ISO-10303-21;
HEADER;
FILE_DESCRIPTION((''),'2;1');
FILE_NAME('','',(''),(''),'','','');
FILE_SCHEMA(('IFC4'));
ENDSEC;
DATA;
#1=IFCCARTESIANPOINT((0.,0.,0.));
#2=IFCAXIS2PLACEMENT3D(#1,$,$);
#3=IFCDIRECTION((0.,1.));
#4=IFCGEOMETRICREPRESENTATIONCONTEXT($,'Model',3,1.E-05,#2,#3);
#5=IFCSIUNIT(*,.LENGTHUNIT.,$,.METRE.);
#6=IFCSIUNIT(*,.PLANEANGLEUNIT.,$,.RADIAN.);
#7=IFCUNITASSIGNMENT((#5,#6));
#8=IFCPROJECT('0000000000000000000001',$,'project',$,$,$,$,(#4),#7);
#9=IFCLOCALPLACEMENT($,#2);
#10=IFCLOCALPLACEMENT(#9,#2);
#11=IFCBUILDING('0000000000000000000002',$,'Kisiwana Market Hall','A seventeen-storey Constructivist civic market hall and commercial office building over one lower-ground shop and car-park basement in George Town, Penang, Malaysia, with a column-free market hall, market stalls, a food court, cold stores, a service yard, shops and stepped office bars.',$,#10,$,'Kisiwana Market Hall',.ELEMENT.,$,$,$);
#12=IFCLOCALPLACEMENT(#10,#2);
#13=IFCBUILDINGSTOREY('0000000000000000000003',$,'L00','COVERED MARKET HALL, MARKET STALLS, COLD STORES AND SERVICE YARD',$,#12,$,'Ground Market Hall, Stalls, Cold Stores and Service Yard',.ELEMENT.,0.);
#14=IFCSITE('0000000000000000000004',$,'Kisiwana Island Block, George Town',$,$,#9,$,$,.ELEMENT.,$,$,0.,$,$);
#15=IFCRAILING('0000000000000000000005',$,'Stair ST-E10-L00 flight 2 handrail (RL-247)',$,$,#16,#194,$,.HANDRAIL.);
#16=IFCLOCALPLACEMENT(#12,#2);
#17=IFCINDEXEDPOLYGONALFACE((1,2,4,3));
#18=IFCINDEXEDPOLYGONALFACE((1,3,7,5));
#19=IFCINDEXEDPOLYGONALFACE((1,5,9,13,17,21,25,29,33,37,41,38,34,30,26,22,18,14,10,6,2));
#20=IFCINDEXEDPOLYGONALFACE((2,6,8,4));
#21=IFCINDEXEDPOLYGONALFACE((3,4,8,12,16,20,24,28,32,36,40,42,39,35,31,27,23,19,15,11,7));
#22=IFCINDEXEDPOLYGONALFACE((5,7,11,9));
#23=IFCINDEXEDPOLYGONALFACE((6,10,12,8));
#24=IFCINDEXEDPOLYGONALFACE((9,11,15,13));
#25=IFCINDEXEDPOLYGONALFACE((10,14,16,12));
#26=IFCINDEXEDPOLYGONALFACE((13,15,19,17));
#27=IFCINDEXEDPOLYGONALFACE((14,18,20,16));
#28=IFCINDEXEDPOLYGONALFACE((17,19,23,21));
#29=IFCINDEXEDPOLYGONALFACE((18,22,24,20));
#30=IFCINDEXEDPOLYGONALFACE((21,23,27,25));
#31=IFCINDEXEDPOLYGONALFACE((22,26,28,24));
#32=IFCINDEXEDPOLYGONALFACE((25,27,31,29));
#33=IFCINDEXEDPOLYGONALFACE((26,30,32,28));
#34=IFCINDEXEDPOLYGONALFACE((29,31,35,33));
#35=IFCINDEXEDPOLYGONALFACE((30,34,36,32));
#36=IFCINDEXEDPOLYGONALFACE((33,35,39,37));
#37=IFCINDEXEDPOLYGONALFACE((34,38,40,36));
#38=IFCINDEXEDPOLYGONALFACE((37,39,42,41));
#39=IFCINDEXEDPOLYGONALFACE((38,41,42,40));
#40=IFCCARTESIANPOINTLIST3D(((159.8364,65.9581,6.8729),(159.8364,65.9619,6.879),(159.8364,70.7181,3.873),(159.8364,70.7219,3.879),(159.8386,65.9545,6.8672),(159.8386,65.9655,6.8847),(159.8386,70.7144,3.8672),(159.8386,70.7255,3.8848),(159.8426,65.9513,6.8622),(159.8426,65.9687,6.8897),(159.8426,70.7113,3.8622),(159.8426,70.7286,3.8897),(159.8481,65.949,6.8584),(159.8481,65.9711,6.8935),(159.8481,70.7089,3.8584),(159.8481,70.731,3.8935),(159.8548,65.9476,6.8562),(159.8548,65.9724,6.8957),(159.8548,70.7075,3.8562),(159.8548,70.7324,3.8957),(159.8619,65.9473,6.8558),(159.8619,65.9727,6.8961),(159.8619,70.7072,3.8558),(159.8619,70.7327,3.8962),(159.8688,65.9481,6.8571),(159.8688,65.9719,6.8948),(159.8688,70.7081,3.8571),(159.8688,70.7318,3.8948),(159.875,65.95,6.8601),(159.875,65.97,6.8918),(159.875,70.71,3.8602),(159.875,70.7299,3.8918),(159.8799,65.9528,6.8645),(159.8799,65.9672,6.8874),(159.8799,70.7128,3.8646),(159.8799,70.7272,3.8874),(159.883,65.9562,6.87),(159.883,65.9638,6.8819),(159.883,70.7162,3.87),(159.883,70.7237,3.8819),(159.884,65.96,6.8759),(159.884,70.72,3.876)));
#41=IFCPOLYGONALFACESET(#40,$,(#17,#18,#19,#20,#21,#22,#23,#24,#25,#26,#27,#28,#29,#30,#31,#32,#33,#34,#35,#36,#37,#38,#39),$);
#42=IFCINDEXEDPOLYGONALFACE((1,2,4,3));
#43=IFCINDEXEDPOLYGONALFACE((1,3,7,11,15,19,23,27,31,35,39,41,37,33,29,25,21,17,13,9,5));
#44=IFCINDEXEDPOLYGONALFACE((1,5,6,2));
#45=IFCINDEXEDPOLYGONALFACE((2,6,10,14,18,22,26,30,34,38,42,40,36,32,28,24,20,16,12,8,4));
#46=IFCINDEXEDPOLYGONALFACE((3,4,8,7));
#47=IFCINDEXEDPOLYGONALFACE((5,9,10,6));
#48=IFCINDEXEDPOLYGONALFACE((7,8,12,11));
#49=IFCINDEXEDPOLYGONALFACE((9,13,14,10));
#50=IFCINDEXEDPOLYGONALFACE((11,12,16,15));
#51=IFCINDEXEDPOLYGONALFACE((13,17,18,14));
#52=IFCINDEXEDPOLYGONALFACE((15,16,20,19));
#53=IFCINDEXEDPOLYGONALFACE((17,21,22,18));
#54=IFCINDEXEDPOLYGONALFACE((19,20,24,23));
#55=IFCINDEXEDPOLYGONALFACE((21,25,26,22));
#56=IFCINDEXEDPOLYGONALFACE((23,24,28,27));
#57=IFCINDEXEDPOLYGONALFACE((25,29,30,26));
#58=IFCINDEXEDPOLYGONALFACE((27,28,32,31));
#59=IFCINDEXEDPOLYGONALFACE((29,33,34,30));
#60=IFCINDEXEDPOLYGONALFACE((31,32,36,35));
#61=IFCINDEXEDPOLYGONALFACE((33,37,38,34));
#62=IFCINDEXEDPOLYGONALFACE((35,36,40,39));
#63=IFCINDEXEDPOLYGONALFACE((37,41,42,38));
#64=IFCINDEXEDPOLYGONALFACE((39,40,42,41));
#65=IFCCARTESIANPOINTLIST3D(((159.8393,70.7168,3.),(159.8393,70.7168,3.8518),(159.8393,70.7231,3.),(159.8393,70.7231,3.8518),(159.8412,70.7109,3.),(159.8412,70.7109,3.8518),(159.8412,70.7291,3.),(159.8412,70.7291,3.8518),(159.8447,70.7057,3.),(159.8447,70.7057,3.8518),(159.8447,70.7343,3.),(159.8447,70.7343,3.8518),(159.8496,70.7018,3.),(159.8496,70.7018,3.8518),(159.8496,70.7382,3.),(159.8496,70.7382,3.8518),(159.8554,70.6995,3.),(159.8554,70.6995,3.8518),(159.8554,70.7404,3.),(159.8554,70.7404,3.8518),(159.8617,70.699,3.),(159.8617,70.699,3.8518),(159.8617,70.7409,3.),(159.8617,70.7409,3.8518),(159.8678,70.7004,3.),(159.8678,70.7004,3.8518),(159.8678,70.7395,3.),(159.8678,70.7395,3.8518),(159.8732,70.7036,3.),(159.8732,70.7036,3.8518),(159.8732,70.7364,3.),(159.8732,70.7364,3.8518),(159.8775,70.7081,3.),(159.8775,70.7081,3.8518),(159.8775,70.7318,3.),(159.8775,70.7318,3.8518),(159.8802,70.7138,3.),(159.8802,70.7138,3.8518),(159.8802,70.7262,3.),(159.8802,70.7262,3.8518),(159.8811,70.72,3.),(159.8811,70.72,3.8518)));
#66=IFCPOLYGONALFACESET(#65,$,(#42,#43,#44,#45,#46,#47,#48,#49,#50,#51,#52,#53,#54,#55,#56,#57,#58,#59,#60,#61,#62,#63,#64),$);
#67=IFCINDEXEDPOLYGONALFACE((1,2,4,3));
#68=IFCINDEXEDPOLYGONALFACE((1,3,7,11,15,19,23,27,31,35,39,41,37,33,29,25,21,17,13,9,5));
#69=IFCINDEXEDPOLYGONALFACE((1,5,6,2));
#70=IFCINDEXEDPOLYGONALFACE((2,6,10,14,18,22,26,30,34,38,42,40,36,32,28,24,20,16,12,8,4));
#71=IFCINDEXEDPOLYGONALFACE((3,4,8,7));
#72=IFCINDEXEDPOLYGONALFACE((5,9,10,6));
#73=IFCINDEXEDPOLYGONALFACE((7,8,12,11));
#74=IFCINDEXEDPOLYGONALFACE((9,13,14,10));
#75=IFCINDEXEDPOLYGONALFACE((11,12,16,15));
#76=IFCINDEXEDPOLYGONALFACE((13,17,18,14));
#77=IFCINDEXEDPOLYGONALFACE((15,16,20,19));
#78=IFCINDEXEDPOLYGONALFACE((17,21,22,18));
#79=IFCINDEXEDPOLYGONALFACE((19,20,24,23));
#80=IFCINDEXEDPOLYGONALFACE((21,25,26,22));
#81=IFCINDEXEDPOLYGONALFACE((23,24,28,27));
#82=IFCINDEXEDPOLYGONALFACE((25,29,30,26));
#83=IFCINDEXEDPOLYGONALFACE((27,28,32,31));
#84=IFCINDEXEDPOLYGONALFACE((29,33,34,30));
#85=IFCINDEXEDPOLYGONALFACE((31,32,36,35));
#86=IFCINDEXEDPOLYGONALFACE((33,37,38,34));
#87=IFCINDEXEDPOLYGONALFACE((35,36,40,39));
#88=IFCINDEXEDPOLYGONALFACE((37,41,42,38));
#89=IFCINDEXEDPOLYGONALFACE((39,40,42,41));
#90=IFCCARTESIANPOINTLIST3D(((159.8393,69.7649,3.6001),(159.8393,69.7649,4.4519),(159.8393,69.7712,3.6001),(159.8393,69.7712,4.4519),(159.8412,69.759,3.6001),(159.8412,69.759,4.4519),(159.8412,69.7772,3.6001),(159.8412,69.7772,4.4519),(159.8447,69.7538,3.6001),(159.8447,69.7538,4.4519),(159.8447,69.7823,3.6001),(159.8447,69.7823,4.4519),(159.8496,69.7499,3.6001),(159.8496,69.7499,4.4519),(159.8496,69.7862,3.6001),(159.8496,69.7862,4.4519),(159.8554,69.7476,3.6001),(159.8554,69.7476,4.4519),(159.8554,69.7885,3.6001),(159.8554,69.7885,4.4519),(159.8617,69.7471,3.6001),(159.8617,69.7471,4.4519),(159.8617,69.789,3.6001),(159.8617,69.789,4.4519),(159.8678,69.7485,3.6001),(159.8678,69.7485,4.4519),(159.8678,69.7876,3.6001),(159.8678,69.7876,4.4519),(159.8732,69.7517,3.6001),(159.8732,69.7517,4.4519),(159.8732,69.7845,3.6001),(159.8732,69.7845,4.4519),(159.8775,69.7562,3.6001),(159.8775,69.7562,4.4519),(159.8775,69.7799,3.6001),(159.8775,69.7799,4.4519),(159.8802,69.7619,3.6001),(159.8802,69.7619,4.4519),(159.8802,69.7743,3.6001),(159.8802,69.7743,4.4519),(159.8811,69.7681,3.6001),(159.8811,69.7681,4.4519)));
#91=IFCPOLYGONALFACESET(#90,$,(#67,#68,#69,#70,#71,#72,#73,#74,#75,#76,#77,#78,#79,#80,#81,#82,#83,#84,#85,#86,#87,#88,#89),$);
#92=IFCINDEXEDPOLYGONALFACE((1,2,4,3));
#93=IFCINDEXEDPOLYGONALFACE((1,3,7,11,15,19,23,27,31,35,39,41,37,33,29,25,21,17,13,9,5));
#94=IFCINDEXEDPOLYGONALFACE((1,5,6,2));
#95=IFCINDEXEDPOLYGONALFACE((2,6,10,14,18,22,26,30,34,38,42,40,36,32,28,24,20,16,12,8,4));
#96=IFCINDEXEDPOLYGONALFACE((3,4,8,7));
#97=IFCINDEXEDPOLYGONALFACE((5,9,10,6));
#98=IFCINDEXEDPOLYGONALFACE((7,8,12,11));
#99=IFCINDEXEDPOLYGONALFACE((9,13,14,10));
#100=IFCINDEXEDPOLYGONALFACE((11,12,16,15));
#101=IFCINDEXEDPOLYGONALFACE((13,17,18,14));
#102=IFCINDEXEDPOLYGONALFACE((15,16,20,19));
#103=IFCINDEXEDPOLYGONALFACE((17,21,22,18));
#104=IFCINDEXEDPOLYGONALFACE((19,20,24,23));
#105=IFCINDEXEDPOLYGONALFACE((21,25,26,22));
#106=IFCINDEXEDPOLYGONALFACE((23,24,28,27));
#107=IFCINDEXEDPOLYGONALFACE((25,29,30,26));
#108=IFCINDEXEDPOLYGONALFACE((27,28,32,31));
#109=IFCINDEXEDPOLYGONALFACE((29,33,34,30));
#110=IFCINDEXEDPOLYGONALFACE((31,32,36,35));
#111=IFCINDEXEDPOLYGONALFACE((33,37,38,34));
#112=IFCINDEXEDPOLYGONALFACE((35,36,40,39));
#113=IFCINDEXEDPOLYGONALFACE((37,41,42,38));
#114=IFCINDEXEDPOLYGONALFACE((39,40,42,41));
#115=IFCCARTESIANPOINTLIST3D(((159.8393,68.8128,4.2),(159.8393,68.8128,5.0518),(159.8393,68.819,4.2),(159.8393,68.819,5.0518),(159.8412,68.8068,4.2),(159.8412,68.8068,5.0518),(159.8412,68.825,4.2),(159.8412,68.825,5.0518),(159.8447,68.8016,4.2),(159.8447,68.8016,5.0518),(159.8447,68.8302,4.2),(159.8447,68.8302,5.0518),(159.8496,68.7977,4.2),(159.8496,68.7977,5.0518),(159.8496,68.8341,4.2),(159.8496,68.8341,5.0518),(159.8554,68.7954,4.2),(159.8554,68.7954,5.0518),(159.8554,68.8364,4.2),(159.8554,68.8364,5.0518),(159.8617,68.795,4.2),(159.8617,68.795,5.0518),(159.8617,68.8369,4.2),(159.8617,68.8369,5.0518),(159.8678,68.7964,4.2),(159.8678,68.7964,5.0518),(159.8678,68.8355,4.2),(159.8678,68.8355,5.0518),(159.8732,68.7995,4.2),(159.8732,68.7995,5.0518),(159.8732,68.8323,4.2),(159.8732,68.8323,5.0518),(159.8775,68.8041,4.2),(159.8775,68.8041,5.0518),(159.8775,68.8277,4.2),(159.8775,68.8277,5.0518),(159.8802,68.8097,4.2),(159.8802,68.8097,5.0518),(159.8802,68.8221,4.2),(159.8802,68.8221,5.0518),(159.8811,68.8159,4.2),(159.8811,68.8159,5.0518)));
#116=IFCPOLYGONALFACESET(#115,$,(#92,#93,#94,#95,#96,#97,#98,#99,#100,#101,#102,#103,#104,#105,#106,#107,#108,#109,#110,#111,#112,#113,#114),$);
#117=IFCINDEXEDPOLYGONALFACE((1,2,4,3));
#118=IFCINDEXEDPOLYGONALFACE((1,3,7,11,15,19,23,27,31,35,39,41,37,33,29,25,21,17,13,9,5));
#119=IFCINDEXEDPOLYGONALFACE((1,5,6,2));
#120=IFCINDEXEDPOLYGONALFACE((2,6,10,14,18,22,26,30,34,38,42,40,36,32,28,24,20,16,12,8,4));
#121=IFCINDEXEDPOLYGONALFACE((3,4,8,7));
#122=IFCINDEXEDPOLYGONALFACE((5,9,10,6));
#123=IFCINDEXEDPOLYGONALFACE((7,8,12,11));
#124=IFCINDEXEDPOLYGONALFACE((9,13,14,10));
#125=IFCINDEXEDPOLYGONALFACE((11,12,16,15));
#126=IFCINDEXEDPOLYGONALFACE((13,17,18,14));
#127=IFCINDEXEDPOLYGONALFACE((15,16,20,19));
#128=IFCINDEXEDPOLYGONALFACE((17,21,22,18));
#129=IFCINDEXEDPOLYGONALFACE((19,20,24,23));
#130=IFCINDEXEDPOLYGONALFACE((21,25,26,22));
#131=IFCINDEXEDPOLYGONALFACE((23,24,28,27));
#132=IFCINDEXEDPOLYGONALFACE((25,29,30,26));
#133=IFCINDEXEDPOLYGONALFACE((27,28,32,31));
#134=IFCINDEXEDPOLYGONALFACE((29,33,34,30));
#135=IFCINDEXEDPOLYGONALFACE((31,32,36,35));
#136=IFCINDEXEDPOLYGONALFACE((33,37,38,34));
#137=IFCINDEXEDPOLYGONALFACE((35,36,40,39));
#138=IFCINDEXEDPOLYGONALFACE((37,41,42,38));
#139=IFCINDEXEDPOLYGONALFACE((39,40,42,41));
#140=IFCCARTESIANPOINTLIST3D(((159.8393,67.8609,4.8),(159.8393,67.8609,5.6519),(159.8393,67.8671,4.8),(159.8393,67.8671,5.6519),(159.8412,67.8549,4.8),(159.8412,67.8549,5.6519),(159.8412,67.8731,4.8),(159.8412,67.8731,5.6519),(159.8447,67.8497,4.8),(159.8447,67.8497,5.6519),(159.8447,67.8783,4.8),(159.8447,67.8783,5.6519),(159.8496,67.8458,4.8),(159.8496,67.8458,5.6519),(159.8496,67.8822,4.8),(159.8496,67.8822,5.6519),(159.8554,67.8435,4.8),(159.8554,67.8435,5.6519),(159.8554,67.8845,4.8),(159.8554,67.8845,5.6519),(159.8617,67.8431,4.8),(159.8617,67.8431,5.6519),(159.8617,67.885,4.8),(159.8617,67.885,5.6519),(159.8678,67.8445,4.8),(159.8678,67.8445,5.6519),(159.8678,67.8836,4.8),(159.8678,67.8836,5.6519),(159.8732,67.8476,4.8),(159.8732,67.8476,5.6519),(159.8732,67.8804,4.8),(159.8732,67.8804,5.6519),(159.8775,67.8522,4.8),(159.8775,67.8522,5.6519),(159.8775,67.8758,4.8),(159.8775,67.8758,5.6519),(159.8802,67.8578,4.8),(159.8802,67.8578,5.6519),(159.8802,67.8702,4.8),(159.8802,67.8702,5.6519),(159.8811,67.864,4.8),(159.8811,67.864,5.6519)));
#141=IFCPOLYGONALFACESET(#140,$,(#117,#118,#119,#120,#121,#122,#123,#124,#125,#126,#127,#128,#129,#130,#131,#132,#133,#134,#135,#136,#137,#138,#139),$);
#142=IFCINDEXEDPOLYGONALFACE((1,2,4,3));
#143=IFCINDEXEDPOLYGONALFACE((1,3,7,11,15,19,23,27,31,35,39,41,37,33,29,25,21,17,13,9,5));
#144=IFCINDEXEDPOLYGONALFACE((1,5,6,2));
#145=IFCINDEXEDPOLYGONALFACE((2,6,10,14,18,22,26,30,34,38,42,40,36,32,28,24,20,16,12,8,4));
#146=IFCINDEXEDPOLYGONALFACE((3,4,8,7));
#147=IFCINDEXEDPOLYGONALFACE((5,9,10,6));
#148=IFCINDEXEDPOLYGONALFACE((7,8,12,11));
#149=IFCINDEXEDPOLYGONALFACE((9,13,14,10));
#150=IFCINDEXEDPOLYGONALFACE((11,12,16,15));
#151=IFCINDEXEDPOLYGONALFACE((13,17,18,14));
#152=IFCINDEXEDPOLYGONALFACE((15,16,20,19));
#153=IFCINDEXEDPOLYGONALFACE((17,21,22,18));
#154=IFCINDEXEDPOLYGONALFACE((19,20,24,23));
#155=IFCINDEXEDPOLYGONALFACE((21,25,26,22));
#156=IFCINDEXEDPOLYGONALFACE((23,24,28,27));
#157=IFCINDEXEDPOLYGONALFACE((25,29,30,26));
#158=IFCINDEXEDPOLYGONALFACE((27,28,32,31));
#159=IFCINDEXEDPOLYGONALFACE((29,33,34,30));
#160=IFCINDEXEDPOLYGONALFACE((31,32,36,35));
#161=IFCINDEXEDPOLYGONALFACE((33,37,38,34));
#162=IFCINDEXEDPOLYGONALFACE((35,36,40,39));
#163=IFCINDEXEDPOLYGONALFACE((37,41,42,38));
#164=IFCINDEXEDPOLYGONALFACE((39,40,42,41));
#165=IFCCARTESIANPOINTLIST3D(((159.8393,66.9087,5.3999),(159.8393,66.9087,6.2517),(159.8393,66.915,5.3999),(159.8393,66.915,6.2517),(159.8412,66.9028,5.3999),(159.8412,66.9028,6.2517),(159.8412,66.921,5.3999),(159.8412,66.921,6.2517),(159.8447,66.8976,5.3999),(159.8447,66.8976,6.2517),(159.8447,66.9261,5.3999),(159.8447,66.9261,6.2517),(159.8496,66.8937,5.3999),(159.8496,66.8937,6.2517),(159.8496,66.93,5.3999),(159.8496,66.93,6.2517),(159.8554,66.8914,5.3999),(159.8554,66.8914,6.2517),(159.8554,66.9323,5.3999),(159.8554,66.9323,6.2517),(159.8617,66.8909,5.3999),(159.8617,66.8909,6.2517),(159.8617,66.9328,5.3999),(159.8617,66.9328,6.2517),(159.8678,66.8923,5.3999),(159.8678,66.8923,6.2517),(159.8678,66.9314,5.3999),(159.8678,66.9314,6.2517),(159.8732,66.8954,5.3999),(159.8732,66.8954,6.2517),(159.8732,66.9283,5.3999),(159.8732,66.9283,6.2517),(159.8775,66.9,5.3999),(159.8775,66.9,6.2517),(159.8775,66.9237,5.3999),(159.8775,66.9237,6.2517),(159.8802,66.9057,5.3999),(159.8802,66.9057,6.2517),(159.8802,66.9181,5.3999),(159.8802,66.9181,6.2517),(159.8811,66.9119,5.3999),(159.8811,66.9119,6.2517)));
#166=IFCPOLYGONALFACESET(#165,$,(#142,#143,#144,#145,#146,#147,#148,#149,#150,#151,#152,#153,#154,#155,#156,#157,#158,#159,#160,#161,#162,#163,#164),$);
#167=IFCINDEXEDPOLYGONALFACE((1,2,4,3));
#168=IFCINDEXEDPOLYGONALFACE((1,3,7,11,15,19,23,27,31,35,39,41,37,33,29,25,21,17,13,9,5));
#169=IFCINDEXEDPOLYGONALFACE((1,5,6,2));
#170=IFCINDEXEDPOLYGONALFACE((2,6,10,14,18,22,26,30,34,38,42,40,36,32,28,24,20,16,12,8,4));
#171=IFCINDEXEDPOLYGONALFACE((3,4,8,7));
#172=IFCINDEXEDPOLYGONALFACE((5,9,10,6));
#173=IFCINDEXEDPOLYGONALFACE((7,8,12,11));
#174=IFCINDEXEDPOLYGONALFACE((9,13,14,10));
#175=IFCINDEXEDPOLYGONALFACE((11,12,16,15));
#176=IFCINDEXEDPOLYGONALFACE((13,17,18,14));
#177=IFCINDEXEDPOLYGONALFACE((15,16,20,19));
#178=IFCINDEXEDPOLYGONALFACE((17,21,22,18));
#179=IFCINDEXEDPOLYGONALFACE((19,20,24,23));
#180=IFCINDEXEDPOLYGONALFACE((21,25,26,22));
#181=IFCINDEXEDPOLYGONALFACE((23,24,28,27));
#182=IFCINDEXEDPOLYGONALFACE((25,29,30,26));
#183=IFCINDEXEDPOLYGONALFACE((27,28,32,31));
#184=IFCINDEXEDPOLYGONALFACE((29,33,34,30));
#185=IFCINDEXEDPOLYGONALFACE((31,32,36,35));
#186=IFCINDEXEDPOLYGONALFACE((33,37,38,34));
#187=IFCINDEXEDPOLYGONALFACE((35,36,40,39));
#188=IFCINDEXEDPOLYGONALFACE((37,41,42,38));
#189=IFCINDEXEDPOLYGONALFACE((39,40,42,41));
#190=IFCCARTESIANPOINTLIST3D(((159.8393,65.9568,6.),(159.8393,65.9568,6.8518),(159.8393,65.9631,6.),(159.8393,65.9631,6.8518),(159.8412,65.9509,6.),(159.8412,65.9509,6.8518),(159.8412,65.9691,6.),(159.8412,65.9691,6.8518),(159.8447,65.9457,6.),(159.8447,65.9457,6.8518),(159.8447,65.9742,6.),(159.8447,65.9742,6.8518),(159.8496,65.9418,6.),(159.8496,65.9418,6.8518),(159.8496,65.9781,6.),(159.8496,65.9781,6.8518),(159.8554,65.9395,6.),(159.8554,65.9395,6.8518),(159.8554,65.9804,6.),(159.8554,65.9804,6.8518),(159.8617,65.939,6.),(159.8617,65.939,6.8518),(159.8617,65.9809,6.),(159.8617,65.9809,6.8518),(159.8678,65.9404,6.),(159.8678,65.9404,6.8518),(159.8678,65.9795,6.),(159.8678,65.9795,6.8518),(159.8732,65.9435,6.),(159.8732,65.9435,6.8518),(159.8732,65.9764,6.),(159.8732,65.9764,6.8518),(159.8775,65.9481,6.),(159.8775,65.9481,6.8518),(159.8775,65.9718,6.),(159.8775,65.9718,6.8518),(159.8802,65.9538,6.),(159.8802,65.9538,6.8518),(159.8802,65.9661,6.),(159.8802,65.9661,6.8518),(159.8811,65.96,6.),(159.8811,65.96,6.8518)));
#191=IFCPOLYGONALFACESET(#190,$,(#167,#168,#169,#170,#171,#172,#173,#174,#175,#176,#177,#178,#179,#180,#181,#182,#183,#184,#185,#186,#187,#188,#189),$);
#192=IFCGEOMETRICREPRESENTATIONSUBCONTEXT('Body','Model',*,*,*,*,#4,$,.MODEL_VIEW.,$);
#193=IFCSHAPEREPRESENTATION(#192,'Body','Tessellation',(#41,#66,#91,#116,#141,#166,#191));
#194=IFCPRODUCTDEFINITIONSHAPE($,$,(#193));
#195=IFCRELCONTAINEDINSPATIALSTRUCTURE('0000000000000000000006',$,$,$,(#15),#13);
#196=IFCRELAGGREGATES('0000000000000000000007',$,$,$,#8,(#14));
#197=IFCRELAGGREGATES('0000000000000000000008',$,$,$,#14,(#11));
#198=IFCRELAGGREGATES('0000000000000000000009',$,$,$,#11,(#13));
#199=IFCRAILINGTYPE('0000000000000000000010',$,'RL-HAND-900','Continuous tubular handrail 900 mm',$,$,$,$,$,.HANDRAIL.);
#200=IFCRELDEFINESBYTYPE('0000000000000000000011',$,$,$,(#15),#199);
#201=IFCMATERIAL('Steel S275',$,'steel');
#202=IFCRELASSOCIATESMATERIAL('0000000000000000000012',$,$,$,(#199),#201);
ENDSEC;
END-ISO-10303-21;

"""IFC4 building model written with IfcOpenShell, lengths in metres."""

from ifc_helpers import new_model, si_unit, direction, frame, origin, origin_2d, place, context, subcontext, project, spatial, circle, extrude, material, type_object, element, save


model = new_model("IFC4")

# Units and contexts
model_context = context("Model", 3, precision=1e-05, world=origin(), true_north=direction((0.0, 1.0)))
body_context = subcontext(model_context, "Body", "Model", "MODEL_VIEW")
ifc_project = project(units=[si_unit("LENGTHUNIT", "METRE"), si_unit("PLANEANGLEUNIT", "RADIAN")], contexts=[model_context])

# Site, building, storey
site_placement = place(None, origin())
site = spatial("IfcSite", under=ifc_project, at=site_placement, Name="Kisiwana Island Block, George Town", CompositionType="ELEMENT", RefElevation=0.0)
building_placement = place(site_placement, origin())
building = spatial("IfcBuilding", under=site, at=building_placement, Name="Kisiwana Market Hall", Description="A seventeen-storey Constructivist civic market hall and commercial office building over one lower-ground shop and car-park basement in George Town, Penang, Malaysia, with a column-free market hall, market stalls, a food court, cold stores, a service yard, shops and stepped office bars.", LongName="Kisiwana Market Hall", CompositionType="ELEMENT")
storey_placement = place(building_placement, origin())
storey = spatial("IfcBuildingStorey", under=building, at=storey_placement, Name="L00", Description="COVERED MARKET HALL, MARKET STALLS, COLD STORES AND SERVICE YARD", LongName="Ground Market Hall, Stalls, Cold Stores and Service Yard", CompositionType="ELEMENT", Elevation=0.0)

# Railing
ifc_material_1 = material(Name="Steel S275", Category="steel")
railing_type_1 = type_object("IfcRailingType", Name="RL-HAND-900", Description="Continuous tubular handrail 900 mm", PredefinedType="HANDRAIL", material=ifc_material_1)
railing_1_placement = place(storey_placement, frame((159.8601, 70.72, 3.0)))
element("IfcRailing", 1, at=railing_1_placement, inside=storey, type_object=railing_type_1, Name="Stair ST-E10-L00 flight 2 handrail (RL-247)", PredefinedType="HANDRAIL", context=body_context, shape_type="SweptSolid", body=[
    extrude(circle(Radius=0.0239, at=origin_2d()), frame((0.0, 0.0, 0.876), z_axis=(0.0, -0.845996, 0.53319), x_axis=(1.0, 0.0, 0.0)), (0.0, 0.0, 1.0), 5.6265),
    extrude(circle(Radius=0.021, at=origin_2d()), origin(), (0.0, 0.0, 1.0), 0.8518),
    extrude(circle(Radius=0.021, at=origin_2d()), frame((0.0, -0.9519, 0.6001)), (0.0, 0.0, 1.0), 0.8518),
    extrude(circle(Radius=0.021, at=origin_2d()), frame((0.0, -1.9041, 1.2)), (0.0, 0.0, 1.0), 0.8518),
    extrude(circle(Radius=0.021, at=origin_2d()), frame((0.0, -2.856, 1.8)), (0.0, 0.0, 1.0), 0.8518),
    extrude(circle(Radius=0.021, at=origin_2d()), frame((0.0, -3.8081, 2.3999)), (0.0, 0.0, 1.0), 0.8518),
    extrude(circle(Radius=0.021, at=origin_2d()), frame((0.0, -4.76, 3.0)), (0.0, 0.0, 1.0), 0.8518),
])

save(model, "model.ifc")
